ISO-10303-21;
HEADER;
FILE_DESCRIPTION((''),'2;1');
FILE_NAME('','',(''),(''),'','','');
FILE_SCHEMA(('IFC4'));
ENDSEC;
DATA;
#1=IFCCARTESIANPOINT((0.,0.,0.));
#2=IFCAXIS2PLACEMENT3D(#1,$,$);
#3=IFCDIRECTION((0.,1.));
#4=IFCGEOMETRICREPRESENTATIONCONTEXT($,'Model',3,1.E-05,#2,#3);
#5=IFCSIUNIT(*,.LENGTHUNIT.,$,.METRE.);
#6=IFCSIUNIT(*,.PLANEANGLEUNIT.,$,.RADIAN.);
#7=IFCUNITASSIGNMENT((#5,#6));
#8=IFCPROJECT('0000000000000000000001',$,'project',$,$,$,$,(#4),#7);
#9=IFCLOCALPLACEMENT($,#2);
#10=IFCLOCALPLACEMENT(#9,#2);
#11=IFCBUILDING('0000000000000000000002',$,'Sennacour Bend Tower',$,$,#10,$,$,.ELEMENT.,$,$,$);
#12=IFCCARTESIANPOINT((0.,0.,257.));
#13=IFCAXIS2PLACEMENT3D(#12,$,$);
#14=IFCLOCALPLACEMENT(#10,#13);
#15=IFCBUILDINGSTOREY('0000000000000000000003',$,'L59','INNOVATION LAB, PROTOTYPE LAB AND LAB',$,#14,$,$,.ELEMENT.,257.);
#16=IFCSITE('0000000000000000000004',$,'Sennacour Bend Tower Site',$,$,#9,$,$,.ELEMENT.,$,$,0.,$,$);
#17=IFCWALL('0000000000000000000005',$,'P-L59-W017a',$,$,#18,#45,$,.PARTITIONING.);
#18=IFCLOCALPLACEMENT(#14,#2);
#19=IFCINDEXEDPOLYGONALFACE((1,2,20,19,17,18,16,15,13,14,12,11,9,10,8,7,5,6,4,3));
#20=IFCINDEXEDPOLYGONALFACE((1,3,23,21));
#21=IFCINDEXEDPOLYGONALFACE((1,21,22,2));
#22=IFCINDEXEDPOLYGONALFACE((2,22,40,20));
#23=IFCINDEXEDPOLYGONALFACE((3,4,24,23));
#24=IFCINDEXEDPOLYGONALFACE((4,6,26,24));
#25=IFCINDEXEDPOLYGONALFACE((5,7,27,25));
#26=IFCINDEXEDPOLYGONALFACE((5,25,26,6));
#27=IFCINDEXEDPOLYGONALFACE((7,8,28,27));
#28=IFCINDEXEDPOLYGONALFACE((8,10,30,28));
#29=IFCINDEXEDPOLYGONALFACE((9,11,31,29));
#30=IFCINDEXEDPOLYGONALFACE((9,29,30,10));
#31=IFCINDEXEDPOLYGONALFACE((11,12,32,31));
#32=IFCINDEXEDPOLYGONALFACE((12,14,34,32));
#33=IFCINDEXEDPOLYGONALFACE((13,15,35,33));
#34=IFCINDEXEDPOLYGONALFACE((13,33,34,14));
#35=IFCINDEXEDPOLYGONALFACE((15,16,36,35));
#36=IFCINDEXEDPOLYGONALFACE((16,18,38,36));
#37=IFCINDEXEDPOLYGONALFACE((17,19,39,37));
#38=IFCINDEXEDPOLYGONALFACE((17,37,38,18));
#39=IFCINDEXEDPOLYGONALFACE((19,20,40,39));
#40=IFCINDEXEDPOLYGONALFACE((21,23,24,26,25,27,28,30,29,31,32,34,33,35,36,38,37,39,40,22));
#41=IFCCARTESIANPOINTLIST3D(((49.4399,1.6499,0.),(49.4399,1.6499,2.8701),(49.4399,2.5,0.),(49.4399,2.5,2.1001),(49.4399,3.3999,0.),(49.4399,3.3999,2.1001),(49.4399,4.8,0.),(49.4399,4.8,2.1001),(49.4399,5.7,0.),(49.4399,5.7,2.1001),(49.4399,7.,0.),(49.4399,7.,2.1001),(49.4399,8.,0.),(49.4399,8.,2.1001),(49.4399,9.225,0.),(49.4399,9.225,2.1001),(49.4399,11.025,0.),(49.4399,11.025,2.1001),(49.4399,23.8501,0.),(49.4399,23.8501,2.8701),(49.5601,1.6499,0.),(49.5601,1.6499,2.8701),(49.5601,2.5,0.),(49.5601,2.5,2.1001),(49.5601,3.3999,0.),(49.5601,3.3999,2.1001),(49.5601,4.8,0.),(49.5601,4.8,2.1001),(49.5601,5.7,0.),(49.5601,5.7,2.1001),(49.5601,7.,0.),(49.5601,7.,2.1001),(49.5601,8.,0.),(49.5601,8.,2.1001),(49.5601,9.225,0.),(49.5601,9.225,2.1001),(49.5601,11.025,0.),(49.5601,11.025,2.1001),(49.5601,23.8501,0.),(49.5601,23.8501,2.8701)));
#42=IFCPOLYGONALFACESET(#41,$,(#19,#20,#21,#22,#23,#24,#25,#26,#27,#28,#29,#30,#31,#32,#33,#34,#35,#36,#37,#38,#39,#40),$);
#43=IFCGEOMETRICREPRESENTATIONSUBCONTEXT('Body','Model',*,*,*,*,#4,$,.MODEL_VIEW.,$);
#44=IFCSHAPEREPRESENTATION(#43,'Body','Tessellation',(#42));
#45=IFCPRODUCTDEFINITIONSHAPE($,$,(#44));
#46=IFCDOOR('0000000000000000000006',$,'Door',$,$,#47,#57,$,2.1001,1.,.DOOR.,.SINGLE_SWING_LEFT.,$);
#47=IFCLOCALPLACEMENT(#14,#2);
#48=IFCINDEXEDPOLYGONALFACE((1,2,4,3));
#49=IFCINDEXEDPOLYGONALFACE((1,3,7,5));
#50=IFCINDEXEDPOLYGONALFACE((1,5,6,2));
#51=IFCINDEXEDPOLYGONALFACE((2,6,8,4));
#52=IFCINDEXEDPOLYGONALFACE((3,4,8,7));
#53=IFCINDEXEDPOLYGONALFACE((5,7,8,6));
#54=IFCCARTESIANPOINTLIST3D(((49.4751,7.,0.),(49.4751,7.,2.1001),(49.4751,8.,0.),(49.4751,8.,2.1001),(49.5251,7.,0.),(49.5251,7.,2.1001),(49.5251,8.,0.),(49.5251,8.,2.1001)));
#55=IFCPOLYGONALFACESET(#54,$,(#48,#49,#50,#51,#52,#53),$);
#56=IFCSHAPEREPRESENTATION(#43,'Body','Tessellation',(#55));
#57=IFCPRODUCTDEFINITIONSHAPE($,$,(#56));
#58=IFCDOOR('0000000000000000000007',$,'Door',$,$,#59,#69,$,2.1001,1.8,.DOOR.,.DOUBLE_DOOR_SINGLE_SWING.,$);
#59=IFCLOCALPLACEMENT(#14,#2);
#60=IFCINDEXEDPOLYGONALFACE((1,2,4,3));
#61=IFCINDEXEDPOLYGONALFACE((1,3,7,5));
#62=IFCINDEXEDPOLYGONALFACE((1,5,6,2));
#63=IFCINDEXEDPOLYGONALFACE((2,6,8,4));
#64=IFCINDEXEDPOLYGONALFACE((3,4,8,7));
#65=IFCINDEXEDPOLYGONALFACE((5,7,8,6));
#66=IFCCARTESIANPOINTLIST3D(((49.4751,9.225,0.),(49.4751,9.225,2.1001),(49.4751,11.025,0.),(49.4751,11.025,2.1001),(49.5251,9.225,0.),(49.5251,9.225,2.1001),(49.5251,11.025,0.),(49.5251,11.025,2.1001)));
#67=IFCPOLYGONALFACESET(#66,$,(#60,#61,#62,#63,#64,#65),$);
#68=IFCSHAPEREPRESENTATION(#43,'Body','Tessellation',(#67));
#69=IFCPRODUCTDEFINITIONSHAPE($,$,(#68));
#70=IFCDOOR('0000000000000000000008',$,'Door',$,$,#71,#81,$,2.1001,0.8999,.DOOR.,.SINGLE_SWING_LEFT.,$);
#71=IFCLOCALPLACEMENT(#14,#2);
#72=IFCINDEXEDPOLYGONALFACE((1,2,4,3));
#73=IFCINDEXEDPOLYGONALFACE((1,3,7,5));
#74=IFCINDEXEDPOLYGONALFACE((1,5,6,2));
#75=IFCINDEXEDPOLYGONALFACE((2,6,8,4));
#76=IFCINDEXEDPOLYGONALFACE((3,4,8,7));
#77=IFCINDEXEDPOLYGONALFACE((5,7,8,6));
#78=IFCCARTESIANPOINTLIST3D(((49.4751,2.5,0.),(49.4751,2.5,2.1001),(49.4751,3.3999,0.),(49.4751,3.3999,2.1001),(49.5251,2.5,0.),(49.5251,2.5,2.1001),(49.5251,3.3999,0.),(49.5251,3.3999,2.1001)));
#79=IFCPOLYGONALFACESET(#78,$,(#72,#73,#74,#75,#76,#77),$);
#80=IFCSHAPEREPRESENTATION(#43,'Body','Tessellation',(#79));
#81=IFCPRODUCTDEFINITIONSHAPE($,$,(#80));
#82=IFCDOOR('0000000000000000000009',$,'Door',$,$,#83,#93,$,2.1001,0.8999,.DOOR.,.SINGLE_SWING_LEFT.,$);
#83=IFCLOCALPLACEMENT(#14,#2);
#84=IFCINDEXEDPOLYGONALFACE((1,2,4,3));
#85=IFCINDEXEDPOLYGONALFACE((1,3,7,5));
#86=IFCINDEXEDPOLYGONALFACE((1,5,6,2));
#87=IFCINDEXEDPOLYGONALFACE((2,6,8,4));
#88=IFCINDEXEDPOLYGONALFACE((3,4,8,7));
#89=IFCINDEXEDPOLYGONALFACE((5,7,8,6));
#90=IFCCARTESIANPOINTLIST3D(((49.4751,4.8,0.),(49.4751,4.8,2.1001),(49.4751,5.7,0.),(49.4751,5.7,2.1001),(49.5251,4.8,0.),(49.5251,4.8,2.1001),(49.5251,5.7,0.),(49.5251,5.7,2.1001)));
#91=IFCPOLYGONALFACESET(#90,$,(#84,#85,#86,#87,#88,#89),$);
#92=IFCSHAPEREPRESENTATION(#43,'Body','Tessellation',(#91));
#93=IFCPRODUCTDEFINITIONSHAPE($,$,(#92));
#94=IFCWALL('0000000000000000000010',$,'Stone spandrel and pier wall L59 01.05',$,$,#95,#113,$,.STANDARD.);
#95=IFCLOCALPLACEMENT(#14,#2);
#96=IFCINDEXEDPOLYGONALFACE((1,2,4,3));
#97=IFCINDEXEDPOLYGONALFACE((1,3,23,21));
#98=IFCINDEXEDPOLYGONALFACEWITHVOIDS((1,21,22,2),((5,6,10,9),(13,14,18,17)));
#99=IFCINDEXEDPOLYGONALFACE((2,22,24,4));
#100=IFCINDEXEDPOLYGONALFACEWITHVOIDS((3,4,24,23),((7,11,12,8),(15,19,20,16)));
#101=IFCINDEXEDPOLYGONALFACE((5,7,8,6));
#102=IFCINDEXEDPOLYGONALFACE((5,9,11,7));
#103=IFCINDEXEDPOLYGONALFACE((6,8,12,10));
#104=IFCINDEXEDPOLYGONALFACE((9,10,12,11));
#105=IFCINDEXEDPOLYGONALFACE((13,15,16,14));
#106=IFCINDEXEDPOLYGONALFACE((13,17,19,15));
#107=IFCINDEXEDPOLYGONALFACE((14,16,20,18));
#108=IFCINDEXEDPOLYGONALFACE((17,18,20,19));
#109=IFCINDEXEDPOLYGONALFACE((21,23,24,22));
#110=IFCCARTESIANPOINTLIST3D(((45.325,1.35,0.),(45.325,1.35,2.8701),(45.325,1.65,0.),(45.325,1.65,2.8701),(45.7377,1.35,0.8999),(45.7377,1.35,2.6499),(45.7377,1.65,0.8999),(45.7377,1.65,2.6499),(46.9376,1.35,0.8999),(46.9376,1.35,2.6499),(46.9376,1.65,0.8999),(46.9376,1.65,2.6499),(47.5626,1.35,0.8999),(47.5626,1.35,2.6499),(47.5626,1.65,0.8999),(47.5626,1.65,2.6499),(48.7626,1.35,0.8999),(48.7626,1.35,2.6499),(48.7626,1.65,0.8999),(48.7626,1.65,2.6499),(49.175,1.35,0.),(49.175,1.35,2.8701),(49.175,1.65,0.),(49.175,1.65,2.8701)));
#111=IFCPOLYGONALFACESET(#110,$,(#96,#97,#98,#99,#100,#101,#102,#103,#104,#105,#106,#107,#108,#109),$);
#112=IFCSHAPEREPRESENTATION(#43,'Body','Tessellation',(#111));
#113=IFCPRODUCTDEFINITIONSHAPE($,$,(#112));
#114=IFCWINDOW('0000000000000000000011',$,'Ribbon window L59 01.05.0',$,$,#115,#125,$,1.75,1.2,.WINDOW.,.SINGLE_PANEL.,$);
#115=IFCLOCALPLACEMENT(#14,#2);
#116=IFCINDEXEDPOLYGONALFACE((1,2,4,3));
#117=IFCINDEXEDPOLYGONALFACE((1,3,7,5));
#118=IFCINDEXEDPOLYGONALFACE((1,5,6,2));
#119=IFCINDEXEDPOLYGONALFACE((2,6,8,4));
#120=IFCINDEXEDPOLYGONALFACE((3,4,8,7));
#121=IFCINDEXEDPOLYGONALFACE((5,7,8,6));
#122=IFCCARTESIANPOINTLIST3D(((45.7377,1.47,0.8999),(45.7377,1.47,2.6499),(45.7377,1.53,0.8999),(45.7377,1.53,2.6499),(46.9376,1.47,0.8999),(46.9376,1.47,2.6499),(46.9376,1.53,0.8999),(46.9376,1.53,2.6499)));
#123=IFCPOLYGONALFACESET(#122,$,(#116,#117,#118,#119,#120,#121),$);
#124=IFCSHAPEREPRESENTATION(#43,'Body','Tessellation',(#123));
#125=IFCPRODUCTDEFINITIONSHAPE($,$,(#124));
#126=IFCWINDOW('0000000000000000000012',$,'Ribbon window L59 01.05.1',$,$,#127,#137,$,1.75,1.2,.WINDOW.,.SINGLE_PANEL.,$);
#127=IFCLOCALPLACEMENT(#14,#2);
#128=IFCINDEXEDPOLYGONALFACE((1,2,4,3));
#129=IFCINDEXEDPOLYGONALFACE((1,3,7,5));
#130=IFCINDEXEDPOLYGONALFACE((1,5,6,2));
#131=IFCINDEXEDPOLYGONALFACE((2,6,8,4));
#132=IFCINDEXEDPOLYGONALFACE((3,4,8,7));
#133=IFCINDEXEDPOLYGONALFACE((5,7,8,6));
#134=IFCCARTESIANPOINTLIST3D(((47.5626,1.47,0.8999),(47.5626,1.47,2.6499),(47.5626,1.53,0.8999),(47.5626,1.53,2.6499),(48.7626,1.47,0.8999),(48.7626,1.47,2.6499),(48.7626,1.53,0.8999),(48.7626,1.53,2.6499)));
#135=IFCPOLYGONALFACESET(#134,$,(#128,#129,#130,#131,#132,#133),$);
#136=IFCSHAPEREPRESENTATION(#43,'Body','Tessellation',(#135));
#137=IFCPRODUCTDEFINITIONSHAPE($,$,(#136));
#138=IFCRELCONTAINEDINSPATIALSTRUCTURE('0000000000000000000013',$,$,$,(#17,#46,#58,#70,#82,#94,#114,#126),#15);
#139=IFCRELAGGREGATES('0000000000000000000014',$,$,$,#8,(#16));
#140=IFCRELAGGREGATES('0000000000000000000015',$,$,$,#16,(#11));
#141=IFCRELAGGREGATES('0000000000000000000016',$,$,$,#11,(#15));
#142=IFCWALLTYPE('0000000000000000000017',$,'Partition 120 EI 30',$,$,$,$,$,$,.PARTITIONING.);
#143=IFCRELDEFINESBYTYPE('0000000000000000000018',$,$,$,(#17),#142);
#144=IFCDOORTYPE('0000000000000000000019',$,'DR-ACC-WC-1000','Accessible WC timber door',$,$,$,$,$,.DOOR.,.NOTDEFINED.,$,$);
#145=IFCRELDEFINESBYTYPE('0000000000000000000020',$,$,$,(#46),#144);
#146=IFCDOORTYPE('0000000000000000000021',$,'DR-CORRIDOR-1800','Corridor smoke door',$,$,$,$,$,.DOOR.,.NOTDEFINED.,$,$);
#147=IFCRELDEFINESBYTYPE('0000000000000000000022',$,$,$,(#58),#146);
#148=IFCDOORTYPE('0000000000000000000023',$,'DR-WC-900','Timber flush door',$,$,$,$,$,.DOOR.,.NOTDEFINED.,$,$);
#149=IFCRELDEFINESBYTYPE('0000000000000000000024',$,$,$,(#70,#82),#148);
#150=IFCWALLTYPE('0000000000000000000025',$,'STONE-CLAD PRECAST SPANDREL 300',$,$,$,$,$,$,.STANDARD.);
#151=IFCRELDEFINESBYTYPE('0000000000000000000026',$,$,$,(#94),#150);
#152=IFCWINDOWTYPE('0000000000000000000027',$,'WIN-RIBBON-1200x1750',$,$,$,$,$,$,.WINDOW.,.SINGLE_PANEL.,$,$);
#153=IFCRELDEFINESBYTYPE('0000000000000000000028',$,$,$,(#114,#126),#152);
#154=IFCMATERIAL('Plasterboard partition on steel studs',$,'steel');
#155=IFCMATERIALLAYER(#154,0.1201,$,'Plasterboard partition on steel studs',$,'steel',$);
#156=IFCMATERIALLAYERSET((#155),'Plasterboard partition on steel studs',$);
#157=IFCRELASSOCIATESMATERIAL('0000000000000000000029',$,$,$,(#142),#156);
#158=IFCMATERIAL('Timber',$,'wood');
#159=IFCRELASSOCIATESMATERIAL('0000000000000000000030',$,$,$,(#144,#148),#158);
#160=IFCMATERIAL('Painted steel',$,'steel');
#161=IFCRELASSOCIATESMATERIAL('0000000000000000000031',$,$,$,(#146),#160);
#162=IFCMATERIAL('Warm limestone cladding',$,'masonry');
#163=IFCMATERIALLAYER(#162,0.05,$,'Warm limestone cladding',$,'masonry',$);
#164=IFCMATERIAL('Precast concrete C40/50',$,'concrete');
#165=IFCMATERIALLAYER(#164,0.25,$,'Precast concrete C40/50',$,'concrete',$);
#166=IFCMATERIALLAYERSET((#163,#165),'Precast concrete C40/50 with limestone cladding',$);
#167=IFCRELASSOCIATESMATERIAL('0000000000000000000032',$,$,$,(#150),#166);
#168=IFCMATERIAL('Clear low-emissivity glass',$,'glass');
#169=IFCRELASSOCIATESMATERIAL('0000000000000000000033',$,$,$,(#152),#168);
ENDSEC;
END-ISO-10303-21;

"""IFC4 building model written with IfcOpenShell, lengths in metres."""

from ifc_helpers import new_model, si_unit, direction, frame, frame_2d, origin, place, context, subcontext, project, spatial, rectangle, extrude, material, layer, layer_set, type_object, element, fill, save


model = new_model("IFC4")

# Units and contexts
model_context = context("Model", 3, precision=1e-05, world=origin(), true_north=direction((0.0, 1.0)))
body_context = subcontext(model_context, "Body", "Model", "MODEL_VIEW")
ifc_project = project(units=[si_unit("LENGTHUNIT", "METRE"), si_unit("PLANEANGLEUNIT", "RADIAN")], contexts=[model_context])

# Site, building, storey
site_placement = place(None, origin())
site = spatial("IfcSite", under=ifc_project, at=site_placement, Name="Sennacour Bend Tower Site", CompositionType="ELEMENT", RefElevation=0.0)
building_placement = place(site_placement, origin())
building = spatial("IfcBuilding", under=site, at=building_placement, Name="Sennacour Bend Tower", CompositionType="ELEMENT")
storey_placement = place(building_placement, frame((0.0, 0.0, 257.0)))
storey = spatial("IfcBuildingStorey", under=building, at=storey_placement, Name="L59", Description="INNOVATION LAB, PROTOTYPE LAB AND LAB", CompositionType="ELEMENT", Elevation=257.0)

# Shared definitions
ifc_material_1 = material(Name="Painted steel", Category="steel")

# Shared definitions
ifc_material_2 = material(Name="Plasterboard partition on steel studs", Category="steel")

# Wall, openings, doors
ifc_layer_1 = layer(ifc_material_2, 0.1201, Name="Plasterboard partition on steel studs", Category="steel")
ifc_layer_set_1 = layer_set([ifc_layer_1], Name="Plasterboard partition on steel studs")
wall_type_1 = type_object("IfcWallType", Name="Partition 120 EI 30", PredefinedType="PARTITIONING", material=ifc_layer_set_1)
wall_1_placement = place(storey_placement, frame((49.5, 1.6499, 0.0), z_axis=(0.0, 0.0, 1.0), x_axis=(0.0, 1.0, 0.0)))
wall_1 = element("IfcWall", 1, at=wall_1_placement, inside=storey, type_object=wall_type_1, Name="P-L59-W017a", PredefinedType="PARTITIONING", context=body_context, shape_type="SweptSolid", body=[
    extrude(rectangle(XDim=22.2002, YDim=0.1201, at=frame_2d((11.1001, 0.0))), origin(), (0.0, 0.0, 1.0), 2.8701),
])
opening_1_placement = place(wall_1_placement, frame((7.5752, 0.0, 0.0)))
opening_1 = element("IfcOpeningElement", 2, at=opening_1_placement, cuts=wall_1, PredefinedType="OPENING", context=body_context, shape_type="SweptSolid", body=[
    extrude(rectangle(XDim=1.8, YDim=2.1001, at=frame_2d((0.8999, 1.05))), frame((0.0, 0.0701, 0.0), z_axis=(0.0, -1.0, 0.0), x_axis=(1.0, 0.0, 0.0)), (0.0, 0.0, 1.0), 0.1401),
])
opening_2_placement = place(wall_1_placement, frame((0.8501, 0.0, 0.0)))
opening_2 = element("IfcOpeningElement", 3, at=opening_2_placement, cuts=wall_1, PredefinedType="OPENING", context=body_context, shape_type="SweptSolid", body=[
    extrude(rectangle(XDim=0.8999, YDim=2.1001, at=frame_2d((0.45, 1.05))), frame((0.0, 0.0701, 0.0), z_axis=(0.0, -1.0, 0.0), x_axis=(1.0, 0.0, 0.0)), (0.0, 0.0, 1.0), 0.1401),
])
opening_3_placement = place(wall_1_placement, frame((3.1501, 0.0, 0.0)))
opening_3 = element("IfcOpeningElement", 4, at=opening_3_placement, cuts=wall_1, PredefinedType="OPENING", context=body_context, shape_type="SweptSolid", body=[
    extrude(rectangle(XDim=0.8999, YDim=2.1001, at=frame_2d((0.45, 1.05))), frame((0.0, 0.0701, 0.0), z_axis=(0.0, -1.0, 0.0), x_axis=(1.0, 0.0, 0.0)), (0.0, 0.0, 1.0), 0.1401),
])
opening_4_placement = place(wall_1_placement, frame((5.3501, 0.0, 0.0)))
opening_4 = element("IfcOpeningElement", 5, at=opening_4_placement, cuts=wall_1, PredefinedType="OPENING", context=body_context, shape_type="SweptSolid", body=[
    extrude(rectangle(XDim=1.0, YDim=2.1001, at=frame_2d((0.5, 1.05))), frame((0.0, 0.0701, 0.0), z_axis=(0.0, -1.0, 0.0), x_axis=(1.0, 0.0, 0.0)), (0.0, 0.0, 1.0), 0.1401),
])
ifc_material_3 = material(Name="Timber", Category="wood")
door_type_1 = type_object("IfcDoorType", Name="DR-ACC-WC-1000", Description="Accessible WC timber door", OperationType="NOTDEFINED", PredefinedType="DOOR", material=ifc_material_3)
door_1_placement = place(opening_4_placement, origin())
door_1 = element("IfcDoor", 6, at=door_1_placement, inside=storey, type_object=door_type_1, Name="Door", OperationType="SINGLE_SWING_LEFT", OverallHeight=2.1001, OverallWidth=1.0, PredefinedType="DOOR", context=body_context, shape_type="SweptSolid", body=[
    extrude(rectangle(XDim=1.0, YDim=2.1001, at=frame_2d((0.5, 1.05))), frame((0.0, 0.0249, 0.0), z_axis=(0.0, -1.0, 0.0), x_axis=(1.0, 0.0, 0.0)), (0.0, 0.0, 1.0), 0.05),
])
fill(opening_4, door_1)
door_type_2 = type_object("IfcDoorType", Name="DR-CORRIDOR-1800", Description="Corridor smoke door", OperationType="NOTDEFINED", PredefinedType="DOOR", material=ifc_material_1)
door_2_placement = place(opening_1_placement, origin())
door_2 = element("IfcDoor", 7, at=door_2_placement, inside=storey, type_object=door_type_2, Name="Door", OperationType="DOUBLE_DOOR_SINGLE_SWING", OverallHeight=2.1001, OverallWidth=1.8, PredefinedType="DOOR", context=body_context, shape_type="SweptSolid", body=[
    extrude(rectangle(XDim=1.8, YDim=2.1001, at=frame_2d((0.8999, 1.05))), frame((0.0, 0.0249, 0.0), z_axis=(0.0, -1.0, 0.0), x_axis=(1.0, 0.0, 0.0)), (0.0, 0.0, 1.0), 0.05),
])
fill(opening_1, door_2)
door_type_3 = type_object("IfcDoorType", Name="DR-WC-900", Description="Timber flush door", OperationType="NOTDEFINED", PredefinedType="DOOR", material=ifc_material_3)
door_3_placement = place(opening_2_placement, origin())
door_3 = element("IfcDoor", 8, at=door_3_placement, inside=storey, type_object=door_type_3, Name="Door", OperationType="SINGLE_SWING_LEFT", OverallHeight=2.1001, OverallWidth=0.8999, PredefinedType="DOOR", context=body_context, shape_type="SweptSolid", body=[
    extrude(rectangle(XDim=0.8999, YDim=2.1001, at=frame_2d((0.45, 1.05))), frame((0.0, 0.0249, 0.0), z_axis=(0.0, -1.0, 0.0), x_axis=(1.0, 0.0, 0.0)), (0.0, 0.0, 1.0), 0.05),
])
fill(opening_2, door_3)
door_4_placement = place(opening_3_placement, origin())
door_4 = element("IfcDoor", 9, at=door_4_placement, inside=storey, type_object=door_type_3, Name="Door", OperationType="SINGLE_SWING_LEFT", OverallHeight=2.1001, OverallWidth=0.8999, PredefinedType="DOOR", context=body_context, shape_type="SweptSolid", body=[
    extrude(rectangle(XDim=0.8999, YDim=2.1001, at=frame_2d((0.45, 1.05))), frame((0.0, 0.0249, 0.0), z_axis=(0.0, -1.0, 0.0), x_axis=(1.0, 0.0, 0.0)), (0.0, 0.0, 1.0), 0.05),
])
fill(opening_3, door_4)

# Wall, openings, windows
ifc_material_4 = material(Name="Warm limestone cladding", Category="masonry")
ifc_layer_2 = layer(ifc_material_4, 0.05, Name="Warm limestone cladding", Category="masonry")
ifc_material_5 = material(Name="Precast concrete C40/50", Category="concrete")
ifc_layer_3 = layer(ifc_material_5, 0.25, Name="Precast concrete C40/50", Category="concrete")
ifc_layer_set_2 = layer_set([ifc_layer_2, ifc_layer_3], Name="Precast concrete C40/50 with limestone cladding")
wall_type_2 = type_object("IfcWallType", Name="STONE-CLAD PRECAST SPANDREL 300", PredefinedType="STANDARD", material=ifc_layer_set_2)
wall_2_placement = place(storey_placement, frame((45.325, 1.5, 0.0), z_axis=(0.0, 0.0, 1.0), x_axis=(1.0, 0.0, 0.0)))
wall_2 = element("IfcWall", 10, at=wall_2_placement, inside=storey, type_object=wall_type_2, Name="Stone spandrel and pier wall L59 01.05", PredefinedType="STANDARD", context=body_context, shape_type="SweptSolid", body=[
    extrude(rectangle(XDim=3.8501, YDim=0.3, at=frame_2d((1.925, 0.0))), origin(), (0.0, 0.0, 1.0), 2.8701),
])
opening_5_placement = place(wall_2_placement, frame((0.4126, 0.0, 0.8999)))
opening_5 = element("IfcOpeningElement", 11, at=opening_5_placement, cuts=wall_2, PredefinedType="OPENING", context=body_context, shape_type="SweptSolid", body=[
    extrude(rectangle(XDim=1.2, YDim=1.75, at=frame_2d((0.6001, 0.875))), frame((0.0, 0.1602, 0.0), z_axis=(0.0, -1.0, 0.0), x_axis=(1.0, 0.0, 0.0)), (0.0, 0.0, 1.0), 0.3201),
])
opening_6_placement = place(wall_2_placement, frame((2.2375, 0.0, 0.8999)))
opening_6 = element("IfcOpeningElement", 12, at=opening_6_placement, cuts=wall_2, PredefinedType="OPENING", context=body_context, shape_type="SweptSolid", body=[
    extrude(rectangle(XDim=1.2, YDim=1.75, at=frame_2d((0.6001, 0.875))), frame((0.0, 0.1602, 0.0), z_axis=(0.0, -1.0, 0.0), x_axis=(1.0, 0.0, 0.0)), (0.0, 0.0, 1.0), 0.3201),
])
ifc_material_6 = material(Name="Clear low-emissivity glass", Category="glass")
window_type_1 = type_object("IfcWindowType", Name="WIN-RIBBON-1200x1750", PartitioningType="SINGLE_PANEL", PredefinedType="WINDOW", material=ifc_material_6)
window_1_placement = place(opening_5_placement, origin())
window_1 = element("IfcWindow", 13, at=window_1_placement, inside=storey, type_object=window_type_1, Name="Ribbon window L59 01.05.0", OverallHeight=1.75, OverallWidth=1.2, PartitioningType="SINGLE_PANEL", PredefinedType="WINDOW", context=body_context, shape_type="SweptSolid", body=[
    extrude(rectangle(XDim=1.2, YDim=1.75, at=frame_2d((0.6001, 0.875))), frame((0.0, 0.03, 0.0), z_axis=(0.0, -1.0, 0.0), x_axis=(1.0, 0.0, 0.0)), (0.0, 0.0, 1.0), 0.0601),
])
fill(opening_5, window_1)
window_2_placement = place(opening_6_placement, origin())
window_2 = element("IfcWindow", 14, at=window_2_placement, inside=storey, type_object=window_type_1, Name="Ribbon window L59 01.05.1", OverallHeight=1.75, OverallWidth=1.2, PartitioningType="SINGLE_PANEL", PredefinedType="WINDOW", context=body_context, shape_type="SweptSolid", body=[
    extrude(rectangle(XDim=1.2, YDim=1.75, at=frame_2d((0.6001, 0.875))), frame((0.0, 0.03, 0.0), z_axis=(0.0, -1.0, 0.0), x_axis=(1.0, 0.0, 0.0)), (0.0, 0.0, 1.0), 0.0601),
])
fill(opening_6, window_2)

save(model, "model.ifc")
